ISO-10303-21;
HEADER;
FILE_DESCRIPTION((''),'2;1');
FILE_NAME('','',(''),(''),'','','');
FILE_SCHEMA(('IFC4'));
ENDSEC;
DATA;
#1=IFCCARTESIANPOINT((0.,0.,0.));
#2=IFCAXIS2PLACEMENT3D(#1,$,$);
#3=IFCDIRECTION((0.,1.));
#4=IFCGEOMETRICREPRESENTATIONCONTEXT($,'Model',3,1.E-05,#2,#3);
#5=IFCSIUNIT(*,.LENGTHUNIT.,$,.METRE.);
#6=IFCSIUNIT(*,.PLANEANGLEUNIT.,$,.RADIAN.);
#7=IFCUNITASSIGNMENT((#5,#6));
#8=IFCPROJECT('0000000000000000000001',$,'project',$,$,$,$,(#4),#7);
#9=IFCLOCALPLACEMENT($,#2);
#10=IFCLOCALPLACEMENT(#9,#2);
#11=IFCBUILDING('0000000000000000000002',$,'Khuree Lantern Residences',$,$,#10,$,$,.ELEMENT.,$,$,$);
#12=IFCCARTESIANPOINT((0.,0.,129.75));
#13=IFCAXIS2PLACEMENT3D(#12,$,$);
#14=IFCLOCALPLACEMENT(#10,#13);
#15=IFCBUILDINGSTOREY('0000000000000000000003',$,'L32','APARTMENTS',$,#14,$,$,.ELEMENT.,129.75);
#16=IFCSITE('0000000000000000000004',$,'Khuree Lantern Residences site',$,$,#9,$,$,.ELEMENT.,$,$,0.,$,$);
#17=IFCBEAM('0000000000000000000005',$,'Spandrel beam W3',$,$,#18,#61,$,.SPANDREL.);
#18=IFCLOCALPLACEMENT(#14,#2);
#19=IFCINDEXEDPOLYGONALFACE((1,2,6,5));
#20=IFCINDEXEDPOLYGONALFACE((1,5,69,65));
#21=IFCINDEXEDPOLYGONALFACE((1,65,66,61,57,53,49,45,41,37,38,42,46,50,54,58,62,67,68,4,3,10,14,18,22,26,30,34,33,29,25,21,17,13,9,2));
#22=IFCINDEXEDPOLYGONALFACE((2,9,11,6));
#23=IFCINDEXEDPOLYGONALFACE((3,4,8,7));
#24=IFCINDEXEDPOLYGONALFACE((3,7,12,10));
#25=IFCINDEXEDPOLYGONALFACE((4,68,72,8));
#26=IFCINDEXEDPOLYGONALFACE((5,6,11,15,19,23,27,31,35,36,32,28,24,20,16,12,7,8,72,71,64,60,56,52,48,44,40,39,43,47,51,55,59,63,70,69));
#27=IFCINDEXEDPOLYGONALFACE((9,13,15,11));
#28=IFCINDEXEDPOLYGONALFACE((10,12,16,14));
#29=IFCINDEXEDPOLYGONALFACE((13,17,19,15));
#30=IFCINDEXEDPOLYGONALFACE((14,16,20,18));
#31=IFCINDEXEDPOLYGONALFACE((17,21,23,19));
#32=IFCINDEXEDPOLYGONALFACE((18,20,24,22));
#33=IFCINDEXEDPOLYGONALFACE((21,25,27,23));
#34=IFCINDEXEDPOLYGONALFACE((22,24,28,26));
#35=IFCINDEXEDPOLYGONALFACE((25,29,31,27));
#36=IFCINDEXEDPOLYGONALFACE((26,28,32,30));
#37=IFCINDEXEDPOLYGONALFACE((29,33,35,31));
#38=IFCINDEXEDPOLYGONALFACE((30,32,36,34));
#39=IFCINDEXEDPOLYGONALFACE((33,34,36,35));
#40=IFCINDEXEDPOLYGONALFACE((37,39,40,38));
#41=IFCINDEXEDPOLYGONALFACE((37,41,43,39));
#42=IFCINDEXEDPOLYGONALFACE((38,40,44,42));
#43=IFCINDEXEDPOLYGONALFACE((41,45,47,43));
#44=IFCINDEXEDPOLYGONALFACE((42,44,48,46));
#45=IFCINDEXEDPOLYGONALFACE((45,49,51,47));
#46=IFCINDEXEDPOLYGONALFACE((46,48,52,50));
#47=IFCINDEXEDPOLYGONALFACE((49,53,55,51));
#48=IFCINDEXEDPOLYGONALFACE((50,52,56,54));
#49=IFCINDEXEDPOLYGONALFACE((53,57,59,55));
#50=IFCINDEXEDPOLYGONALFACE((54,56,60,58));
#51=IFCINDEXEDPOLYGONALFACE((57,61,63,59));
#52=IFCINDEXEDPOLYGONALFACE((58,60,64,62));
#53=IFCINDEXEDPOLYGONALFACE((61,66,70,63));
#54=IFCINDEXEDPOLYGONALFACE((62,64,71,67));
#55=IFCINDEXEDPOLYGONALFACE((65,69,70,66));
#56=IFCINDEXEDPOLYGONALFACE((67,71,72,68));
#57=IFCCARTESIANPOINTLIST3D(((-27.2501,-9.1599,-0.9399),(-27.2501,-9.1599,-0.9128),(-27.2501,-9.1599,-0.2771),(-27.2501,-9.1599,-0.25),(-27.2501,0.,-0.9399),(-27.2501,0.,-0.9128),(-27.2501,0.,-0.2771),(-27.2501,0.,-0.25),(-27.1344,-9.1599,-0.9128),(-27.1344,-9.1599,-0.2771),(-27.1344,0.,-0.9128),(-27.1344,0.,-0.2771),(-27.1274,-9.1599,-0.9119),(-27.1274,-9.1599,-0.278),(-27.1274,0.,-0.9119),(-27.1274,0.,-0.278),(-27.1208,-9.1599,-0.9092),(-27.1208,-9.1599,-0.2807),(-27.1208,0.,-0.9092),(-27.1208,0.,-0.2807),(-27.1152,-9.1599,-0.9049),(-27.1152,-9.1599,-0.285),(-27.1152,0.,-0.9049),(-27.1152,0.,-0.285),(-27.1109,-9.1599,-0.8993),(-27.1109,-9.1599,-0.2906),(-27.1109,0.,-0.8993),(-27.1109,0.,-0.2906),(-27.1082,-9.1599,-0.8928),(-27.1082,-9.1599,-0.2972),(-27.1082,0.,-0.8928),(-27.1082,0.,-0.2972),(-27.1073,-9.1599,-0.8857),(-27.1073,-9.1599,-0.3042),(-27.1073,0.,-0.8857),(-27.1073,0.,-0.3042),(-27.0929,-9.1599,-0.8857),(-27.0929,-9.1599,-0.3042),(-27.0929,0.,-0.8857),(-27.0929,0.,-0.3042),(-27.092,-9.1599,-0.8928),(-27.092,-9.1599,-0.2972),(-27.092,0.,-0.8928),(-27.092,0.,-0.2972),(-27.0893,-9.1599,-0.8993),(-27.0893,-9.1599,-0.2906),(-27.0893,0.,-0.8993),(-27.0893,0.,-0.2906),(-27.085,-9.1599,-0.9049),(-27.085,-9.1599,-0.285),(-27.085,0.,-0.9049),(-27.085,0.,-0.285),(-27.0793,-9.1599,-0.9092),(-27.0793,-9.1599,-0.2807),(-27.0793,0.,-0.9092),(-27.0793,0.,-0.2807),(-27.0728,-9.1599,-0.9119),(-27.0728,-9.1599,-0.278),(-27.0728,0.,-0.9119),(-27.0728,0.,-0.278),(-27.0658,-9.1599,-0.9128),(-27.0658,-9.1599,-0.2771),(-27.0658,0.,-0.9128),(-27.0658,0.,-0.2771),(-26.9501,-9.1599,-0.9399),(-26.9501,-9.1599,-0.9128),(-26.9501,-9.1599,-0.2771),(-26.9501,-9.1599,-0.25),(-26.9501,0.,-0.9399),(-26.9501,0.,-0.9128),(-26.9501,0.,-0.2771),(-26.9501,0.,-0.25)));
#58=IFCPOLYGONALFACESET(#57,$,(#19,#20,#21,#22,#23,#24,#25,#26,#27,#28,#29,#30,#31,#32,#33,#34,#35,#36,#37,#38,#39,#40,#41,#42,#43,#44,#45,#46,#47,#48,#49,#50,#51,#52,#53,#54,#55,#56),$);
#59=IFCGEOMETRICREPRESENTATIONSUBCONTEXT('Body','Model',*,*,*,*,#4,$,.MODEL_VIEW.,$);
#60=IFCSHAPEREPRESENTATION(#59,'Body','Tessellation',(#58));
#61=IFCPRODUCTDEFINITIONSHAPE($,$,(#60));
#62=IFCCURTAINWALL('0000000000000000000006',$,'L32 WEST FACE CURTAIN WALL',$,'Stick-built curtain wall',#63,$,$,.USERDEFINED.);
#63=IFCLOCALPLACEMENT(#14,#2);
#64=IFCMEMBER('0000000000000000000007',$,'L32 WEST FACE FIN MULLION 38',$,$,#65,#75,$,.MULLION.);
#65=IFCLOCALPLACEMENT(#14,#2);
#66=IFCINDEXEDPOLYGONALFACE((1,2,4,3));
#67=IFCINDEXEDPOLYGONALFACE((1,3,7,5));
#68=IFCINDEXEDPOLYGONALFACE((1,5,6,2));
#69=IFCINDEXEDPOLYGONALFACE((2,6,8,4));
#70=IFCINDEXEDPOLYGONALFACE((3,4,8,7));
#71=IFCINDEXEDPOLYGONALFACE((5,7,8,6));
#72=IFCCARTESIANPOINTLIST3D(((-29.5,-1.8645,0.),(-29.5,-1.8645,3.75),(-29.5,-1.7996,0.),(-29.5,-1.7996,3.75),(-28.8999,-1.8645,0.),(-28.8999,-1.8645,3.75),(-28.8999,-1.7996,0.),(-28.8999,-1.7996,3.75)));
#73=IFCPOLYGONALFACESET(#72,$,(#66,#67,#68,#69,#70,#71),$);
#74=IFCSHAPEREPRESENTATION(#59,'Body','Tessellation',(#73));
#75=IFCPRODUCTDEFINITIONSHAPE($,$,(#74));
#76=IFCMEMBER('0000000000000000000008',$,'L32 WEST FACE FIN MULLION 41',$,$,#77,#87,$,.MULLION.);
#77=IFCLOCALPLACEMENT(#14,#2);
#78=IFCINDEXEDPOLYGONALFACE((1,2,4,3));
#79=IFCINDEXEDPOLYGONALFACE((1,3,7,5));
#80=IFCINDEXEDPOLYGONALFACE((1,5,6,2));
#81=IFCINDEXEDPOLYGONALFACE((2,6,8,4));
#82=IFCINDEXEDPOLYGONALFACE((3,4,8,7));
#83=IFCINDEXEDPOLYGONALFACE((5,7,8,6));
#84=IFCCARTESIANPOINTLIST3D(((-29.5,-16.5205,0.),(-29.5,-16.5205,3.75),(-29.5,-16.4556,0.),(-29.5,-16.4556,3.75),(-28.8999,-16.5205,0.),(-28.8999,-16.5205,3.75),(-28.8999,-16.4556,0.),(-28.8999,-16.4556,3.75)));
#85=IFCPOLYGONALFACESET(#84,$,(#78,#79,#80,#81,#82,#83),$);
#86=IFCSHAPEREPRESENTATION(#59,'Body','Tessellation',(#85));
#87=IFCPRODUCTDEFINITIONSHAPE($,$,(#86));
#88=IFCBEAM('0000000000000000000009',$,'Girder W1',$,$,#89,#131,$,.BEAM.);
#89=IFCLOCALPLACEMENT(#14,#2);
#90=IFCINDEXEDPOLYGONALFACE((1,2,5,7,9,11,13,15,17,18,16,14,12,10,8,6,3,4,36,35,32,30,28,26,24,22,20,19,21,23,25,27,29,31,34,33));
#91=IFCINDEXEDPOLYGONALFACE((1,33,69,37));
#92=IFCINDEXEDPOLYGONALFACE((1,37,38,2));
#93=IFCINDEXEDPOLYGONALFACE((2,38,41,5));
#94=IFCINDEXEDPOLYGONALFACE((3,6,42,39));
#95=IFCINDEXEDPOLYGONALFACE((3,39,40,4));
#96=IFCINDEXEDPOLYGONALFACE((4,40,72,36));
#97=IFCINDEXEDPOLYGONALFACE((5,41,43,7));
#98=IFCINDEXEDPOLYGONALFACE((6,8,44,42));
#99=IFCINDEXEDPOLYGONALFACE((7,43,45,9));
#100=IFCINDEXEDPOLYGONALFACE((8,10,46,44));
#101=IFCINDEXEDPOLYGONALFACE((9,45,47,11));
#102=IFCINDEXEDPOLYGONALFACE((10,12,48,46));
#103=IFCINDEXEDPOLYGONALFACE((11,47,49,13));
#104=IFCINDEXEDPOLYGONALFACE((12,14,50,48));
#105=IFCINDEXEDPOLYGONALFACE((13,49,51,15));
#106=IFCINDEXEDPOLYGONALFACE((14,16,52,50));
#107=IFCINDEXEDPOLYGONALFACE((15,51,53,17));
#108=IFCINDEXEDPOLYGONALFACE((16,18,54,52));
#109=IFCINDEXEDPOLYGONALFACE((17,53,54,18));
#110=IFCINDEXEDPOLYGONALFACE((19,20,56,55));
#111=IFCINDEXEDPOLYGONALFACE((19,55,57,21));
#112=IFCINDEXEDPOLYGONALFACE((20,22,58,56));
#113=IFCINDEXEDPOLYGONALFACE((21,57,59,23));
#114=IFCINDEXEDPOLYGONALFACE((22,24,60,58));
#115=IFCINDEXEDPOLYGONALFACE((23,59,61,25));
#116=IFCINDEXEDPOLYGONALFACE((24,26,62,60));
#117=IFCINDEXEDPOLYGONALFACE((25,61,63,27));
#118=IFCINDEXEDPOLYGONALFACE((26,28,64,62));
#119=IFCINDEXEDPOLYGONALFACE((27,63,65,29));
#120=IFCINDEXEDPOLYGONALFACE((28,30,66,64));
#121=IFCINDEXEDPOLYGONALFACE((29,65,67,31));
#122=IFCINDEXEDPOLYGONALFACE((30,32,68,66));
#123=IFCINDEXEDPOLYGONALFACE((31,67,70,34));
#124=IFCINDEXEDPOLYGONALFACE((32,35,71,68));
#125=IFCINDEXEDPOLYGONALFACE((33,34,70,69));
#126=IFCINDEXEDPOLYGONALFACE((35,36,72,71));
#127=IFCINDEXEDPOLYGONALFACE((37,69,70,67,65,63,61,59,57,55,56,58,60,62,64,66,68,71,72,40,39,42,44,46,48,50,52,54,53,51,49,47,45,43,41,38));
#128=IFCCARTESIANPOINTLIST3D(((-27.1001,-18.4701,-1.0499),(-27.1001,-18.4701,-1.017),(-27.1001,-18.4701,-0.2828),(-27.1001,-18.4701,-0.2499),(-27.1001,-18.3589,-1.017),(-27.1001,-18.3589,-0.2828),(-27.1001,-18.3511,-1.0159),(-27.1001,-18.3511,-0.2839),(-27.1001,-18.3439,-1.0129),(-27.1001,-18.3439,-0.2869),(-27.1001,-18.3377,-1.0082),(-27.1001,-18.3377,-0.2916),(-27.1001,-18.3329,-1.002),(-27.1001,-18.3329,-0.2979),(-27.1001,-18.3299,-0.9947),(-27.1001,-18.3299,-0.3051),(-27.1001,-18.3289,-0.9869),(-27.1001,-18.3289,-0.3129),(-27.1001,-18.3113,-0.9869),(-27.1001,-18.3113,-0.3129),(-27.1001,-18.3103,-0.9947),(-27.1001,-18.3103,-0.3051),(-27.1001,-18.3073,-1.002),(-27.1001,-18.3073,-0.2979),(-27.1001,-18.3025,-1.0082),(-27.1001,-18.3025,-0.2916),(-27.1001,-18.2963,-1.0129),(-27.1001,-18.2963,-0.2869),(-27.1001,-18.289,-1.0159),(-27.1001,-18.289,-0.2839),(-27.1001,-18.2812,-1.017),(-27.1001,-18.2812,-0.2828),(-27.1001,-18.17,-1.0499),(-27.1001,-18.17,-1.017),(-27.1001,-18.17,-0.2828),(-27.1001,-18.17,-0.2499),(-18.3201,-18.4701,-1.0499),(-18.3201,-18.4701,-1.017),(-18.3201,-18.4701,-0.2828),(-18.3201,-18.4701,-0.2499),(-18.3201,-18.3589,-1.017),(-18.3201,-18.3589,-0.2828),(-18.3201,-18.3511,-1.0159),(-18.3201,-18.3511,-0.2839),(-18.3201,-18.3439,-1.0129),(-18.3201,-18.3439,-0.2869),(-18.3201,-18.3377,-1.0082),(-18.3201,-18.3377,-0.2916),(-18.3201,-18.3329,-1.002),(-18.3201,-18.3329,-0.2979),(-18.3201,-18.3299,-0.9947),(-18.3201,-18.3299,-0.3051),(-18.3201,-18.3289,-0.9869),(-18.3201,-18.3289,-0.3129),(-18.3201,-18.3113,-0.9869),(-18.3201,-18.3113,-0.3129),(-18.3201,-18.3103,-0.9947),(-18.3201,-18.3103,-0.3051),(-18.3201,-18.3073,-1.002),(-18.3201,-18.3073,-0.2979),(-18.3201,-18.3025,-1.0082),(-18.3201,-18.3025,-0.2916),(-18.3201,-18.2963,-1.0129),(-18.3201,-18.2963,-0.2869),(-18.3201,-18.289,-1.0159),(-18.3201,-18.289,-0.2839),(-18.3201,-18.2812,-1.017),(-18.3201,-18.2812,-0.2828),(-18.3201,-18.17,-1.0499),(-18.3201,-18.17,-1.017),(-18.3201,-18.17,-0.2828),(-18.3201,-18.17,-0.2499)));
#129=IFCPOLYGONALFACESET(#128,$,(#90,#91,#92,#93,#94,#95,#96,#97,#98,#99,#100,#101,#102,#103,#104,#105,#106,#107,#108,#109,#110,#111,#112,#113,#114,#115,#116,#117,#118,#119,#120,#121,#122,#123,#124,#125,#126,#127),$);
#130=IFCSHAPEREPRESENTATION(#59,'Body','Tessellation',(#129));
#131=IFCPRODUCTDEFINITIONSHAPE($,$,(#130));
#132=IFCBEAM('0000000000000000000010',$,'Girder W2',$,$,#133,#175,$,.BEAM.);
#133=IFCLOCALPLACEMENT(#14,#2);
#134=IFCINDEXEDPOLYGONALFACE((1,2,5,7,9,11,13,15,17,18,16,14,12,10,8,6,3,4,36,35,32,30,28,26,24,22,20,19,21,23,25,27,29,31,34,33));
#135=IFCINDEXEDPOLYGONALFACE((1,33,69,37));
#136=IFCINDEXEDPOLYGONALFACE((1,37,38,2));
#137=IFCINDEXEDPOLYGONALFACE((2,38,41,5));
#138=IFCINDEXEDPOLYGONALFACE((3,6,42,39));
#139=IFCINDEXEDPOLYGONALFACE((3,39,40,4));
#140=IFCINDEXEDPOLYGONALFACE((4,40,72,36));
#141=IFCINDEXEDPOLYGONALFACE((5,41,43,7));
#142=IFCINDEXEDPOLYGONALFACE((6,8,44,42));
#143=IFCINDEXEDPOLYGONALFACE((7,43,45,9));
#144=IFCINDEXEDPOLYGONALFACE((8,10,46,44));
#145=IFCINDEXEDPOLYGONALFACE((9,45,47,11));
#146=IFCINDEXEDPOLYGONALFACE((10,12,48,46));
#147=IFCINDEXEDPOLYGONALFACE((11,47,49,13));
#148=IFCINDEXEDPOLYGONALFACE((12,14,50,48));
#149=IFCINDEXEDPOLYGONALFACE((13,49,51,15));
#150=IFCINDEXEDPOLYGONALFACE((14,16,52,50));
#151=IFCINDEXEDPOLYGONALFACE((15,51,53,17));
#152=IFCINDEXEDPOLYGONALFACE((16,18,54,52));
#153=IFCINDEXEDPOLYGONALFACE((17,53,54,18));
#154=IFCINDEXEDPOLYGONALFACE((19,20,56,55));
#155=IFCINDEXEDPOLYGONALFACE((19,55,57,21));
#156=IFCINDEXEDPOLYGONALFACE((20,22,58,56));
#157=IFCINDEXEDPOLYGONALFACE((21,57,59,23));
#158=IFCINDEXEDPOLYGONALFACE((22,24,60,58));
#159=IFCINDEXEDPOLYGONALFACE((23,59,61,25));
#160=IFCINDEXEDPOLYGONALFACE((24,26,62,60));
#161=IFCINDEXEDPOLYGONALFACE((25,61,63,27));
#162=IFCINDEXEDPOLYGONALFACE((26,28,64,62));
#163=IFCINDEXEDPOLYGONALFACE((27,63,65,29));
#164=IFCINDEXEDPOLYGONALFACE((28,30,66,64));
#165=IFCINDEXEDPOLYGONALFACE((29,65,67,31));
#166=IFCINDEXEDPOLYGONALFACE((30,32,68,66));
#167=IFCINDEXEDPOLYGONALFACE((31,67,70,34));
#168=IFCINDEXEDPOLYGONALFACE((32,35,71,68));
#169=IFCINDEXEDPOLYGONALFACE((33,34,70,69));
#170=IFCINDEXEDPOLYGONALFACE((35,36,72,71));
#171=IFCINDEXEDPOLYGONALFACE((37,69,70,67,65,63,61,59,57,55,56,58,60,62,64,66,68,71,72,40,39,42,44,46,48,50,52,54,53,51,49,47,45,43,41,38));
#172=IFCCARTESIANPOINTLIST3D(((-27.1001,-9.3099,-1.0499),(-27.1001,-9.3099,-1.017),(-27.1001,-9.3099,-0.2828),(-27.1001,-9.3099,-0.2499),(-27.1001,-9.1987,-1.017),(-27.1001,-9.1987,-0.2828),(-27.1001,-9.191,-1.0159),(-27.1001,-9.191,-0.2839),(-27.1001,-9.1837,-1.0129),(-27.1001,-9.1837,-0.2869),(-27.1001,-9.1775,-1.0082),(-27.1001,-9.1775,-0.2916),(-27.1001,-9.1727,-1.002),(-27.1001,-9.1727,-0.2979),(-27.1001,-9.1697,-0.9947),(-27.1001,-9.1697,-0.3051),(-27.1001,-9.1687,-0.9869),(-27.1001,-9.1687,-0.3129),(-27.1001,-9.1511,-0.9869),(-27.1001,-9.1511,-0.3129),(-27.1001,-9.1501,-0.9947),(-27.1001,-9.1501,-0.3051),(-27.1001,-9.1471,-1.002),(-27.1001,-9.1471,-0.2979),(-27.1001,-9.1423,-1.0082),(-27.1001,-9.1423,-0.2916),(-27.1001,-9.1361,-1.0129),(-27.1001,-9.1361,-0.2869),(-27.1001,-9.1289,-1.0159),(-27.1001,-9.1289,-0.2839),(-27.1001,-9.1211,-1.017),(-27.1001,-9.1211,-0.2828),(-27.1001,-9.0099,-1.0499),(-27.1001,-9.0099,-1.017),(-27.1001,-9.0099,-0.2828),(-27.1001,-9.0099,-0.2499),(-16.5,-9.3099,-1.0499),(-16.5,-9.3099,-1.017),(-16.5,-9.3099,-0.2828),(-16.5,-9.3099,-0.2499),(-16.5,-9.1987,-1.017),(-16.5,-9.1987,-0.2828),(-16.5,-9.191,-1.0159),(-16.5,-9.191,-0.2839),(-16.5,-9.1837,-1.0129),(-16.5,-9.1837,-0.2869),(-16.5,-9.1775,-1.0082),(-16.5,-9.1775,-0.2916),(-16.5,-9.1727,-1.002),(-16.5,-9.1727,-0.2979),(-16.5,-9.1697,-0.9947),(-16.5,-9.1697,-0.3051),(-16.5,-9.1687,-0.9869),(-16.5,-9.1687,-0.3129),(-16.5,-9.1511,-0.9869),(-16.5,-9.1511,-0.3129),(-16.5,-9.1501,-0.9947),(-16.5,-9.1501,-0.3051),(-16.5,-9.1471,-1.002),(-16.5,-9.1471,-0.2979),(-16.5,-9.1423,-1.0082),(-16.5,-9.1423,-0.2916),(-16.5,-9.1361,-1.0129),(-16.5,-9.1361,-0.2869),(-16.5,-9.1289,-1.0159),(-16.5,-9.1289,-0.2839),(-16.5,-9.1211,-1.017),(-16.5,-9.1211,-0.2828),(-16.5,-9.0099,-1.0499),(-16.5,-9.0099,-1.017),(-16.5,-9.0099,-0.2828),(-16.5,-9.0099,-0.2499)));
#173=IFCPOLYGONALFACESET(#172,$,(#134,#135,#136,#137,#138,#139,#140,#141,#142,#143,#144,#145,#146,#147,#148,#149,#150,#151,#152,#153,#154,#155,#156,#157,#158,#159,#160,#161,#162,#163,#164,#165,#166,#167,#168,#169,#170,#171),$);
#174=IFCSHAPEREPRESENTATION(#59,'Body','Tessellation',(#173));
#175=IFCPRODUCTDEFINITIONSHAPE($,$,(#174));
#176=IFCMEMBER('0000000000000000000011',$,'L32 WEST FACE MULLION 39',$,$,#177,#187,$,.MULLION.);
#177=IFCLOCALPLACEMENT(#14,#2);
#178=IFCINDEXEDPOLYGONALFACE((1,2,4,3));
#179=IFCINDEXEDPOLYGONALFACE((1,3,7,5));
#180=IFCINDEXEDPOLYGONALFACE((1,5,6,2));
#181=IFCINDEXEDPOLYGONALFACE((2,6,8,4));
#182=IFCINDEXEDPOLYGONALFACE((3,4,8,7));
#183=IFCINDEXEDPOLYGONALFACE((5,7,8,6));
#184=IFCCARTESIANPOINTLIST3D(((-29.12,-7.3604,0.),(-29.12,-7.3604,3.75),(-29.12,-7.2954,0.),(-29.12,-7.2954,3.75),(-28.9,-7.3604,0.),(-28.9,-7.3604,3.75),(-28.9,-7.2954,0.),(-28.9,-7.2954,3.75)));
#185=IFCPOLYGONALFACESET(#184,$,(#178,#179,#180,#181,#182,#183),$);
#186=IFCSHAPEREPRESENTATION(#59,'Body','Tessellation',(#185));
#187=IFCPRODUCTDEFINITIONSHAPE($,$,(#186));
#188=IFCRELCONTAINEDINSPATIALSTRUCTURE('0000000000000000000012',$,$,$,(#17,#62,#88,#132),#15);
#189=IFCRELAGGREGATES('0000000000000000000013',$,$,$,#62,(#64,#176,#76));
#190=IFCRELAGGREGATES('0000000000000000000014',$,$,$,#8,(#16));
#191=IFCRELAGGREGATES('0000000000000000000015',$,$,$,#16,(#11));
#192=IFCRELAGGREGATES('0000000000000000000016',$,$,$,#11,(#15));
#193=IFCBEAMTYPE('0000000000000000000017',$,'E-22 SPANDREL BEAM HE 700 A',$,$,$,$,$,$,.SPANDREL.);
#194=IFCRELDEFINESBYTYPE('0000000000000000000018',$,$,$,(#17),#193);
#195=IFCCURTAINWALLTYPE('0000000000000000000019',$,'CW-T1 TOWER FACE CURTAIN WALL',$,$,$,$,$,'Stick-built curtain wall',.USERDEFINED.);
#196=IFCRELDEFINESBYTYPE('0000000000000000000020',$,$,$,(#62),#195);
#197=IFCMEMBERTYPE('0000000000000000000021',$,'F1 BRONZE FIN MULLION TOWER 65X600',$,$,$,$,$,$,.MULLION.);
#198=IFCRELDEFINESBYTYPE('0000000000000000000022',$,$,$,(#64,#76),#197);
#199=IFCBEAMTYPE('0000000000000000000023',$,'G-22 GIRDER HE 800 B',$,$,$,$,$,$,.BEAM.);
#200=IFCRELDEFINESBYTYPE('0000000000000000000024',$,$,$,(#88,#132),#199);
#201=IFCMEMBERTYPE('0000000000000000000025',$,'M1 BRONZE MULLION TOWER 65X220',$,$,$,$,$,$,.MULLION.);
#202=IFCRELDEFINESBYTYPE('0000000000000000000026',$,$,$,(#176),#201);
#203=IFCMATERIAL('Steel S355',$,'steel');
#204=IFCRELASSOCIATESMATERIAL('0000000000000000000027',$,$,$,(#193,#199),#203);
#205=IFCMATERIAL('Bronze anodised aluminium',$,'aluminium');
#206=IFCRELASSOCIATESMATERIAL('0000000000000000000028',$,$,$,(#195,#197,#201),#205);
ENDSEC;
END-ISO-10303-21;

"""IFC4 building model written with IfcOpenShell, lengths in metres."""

from ifc_helpers import new_model, si_unit, direction, frame, origin, origin_2d, place, context, subcontext, project, spatial, rectangle, i_section, extrude, material, material_profile, profile_set, type_object, element, aggregate, save


model = new_model("IFC4")

# Units and contexts
model_context = context("Model", 3, precision=1e-05, world=origin(), true_north=direction((0.0, 1.0)))
body_context = subcontext(model_context, "Body", "Model", "MODEL_VIEW")
ifc_project = project(units=[si_unit("LENGTHUNIT", "METRE"), si_unit("PLANEANGLEUNIT", "RADIAN")], contexts=[model_context])

# Site, building, storey
site_placement = place(None, origin())
site = spatial("IfcSite", under=ifc_project, at=site_placement, Name="Khuree Lantern Residences site", CompositionType="ELEMENT", RefElevation=0.0)
building_placement = place(site_placement, origin())
building = spatial("IfcBuilding", under=site, at=building_placement, Name="Khuree Lantern Residences", CompositionType="ELEMENT")
storey_placement = place(building_placement, frame((0.0, 0.0, 129.75)))
storey = spatial("IfcBuildingStorey", under=building, at=storey_placement, Name="L32", Description="APARTMENTS", CompositionType="ELEMENT", Elevation=129.75)

# Beam
ifc_material_1 = material(Name="Steel S355", Category="steel")
ifc_material_profile_1 = material_profile(ifc_material_1, i_section(OverallWidth=0.3, OverallDepth=0.6899, WebThickness=0.0144, FlangeThickness=0.0271, FilletRadius=0.0271, at=origin_2d()), Name="HE 700 A")
ifc_profile_set_1 = profile_set([ifc_material_profile_1], Name="Steel S355")
beam_type_1 = type_object("IfcBeamType", Name="E-22 SPANDREL BEAM HE 700 A", PredefinedType="SPANDREL", material=ifc_profile_set_1)
beam_1_placement = place(storey_placement, frame((-27.1001, -9.1599, -0.595), z_axis=(0.0, 1.0, 0.0), x_axis=(-1.0, 0.0, 0.0)))
element("IfcBeam", 1, at=beam_1_placement, inside=storey, type_object=beam_type_1, Name="Spandrel beam W3", PredefinedType="SPANDREL", context=body_context, shape_type="SweptSolid", body=[
    extrude(i_section(OverallWidth=0.3, OverallDepth=0.6899, WebThickness=0.0144, FlangeThickness=0.0271, FilletRadius=0.0271, at=origin_2d()), origin(), (0.0, 0.0, 1.0), 9.1599),
])

# Curtain wall, members
ifc_material_2 = material(Name="Bronze anodised aluminium", Category="aluminium")
curtain_wall_type = type_object("IfcCurtainWallType", Name="CW-T1 TOWER FACE CURTAIN WALL", ElementType="Stick-built curtain wall", PredefinedType="USERDEFINED", material=ifc_material_2)
curtain_wall_placement = place(storey_placement, origin())
curtain_wall = element("IfcCurtainWall", 2, at=curtain_wall_placement, inside=storey, type_object=curtain_wall_type, Name="L32 WEST FACE CURTAIN WALL", ObjectType="Stick-built curtain wall", PredefinedType="USERDEFINED")
ifc_material_profile_2 = material_profile(ifc_material_2, rectangle(XDim=0.0649, YDim=0.6001, at=origin_2d()), Name="F1 65X600")
ifc_profile_set_2 = profile_set([ifc_material_profile_2], Name="Bronze anodised aluminium")
member_type_1 = type_object("IfcMemberType", Name="F1 BRONZE FIN MULLION TOWER 65X600", PredefinedType="MULLION", material=ifc_profile_set_2)
member_1_placement = place(storey_placement, frame((-29.2, -1.832, 0.0), z_axis=(0.0, 0.0, 1.0), x_axis=(0.0, -1.0, 0.0)))
member_1 = element("IfcMember", 3, at=member_1_placement, type_object=member_type_1, Name="L32 WEST FACE FIN MULLION 38", PredefinedType="MULLION", context=body_context, shape_type="SweptSolid", body=[
    extrude(rectangle(XDim=0.0649, YDim=0.6001, at=origin_2d()), origin(), (0.0, 0.0, 1.0), 3.75),
])
member_2_placement = place(storey_placement, frame((-29.2, -16.488, 0.0), z_axis=(0.0, 0.0, 1.0), x_axis=(0.0, -1.0, 0.0)))
member_2 = element("IfcMember", 4, at=member_2_placement, type_object=member_type_1, Name="L32 WEST FACE FIN MULLION 41", PredefinedType="MULLION", context=body_context, shape_type="SweptSolid", body=[
    extrude(rectangle(XDim=0.0649, YDim=0.6001, at=origin_2d()), origin(), (0.0, 0.0, 1.0), 3.75),
])

# Beams
ifc_material_profile_3 = material_profile(ifc_material_1, i_section(OverallWidth=0.3, OverallDepth=0.8, WebThickness=0.0176, FlangeThickness=0.033, FilletRadius=0.03, at=origin_2d()), Name="HE 800 B")
ifc_profile_set_3 = profile_set([ifc_material_profile_3], Name="Steel S355")
beam_type_2 = type_object("IfcBeamType", Name="G-22 GIRDER HE 800 B", PredefinedType="BEAM", material=ifc_profile_set_3)
beam_2_placement = place(storey_placement, frame((-27.1001, -18.3201, -0.6499), z_axis=(1.0, 0.0, 0.0), x_axis=(0.0, 1.0, 0.0)))
element("IfcBeam", 5, at=beam_2_placement, inside=storey, type_object=beam_type_2, Name="Girder W1", PredefinedType="BEAM", context=body_context, shape_type="SweptSolid", body=[
    extrude(i_section(OverallWidth=0.3, OverallDepth=0.8, WebThickness=0.0176, FlangeThickness=0.033, FilletRadius=0.03, at=origin_2d()), origin(), (0.0, 0.0, 1.0), 8.78),
])
beam_3_placement = place(storey_placement, frame((-27.1001, -9.1599, -0.6499), z_axis=(1.0, 0.0, 0.0), x_axis=(0.0, 1.0, 0.0)))
element("IfcBeam", 6, at=beam_3_placement, inside=storey, type_object=beam_type_2, Name="Girder W2", PredefinedType="BEAM", context=body_context, shape_type="SweptSolid", body=[
    extrude(i_section(OverallWidth=0.3, OverallDepth=0.8, WebThickness=0.0176, FlangeThickness=0.033, FilletRadius=0.03, at=origin_2d()), origin(), (0.0, 0.0, 1.0), 10.6001),
])

# Member
ifc_material_profile_4 = material_profile(ifc_material_2, rectangle(XDim=0.0649, YDim=0.22, at=origin_2d()), Name="M1 65X220")
ifc_profile_set_4 = profile_set([ifc_material_profile_4], Name="Bronze anodised aluminium")
member_type_2 = type_object("IfcMemberType", Name="M1 BRONZE MULLION TOWER 65X220", PredefinedType="MULLION", material=ifc_profile_set_4)
member_3_placement = place(storey_placement, frame((-29.01, -7.3279, 0.0), z_axis=(0.0, 0.0, 1.0), x_axis=(0.0, -1.0, 0.0)))
member_3 = element("IfcMember", 7, at=member_3_placement, type_object=member_type_2, Name="L32 WEST FACE MULLION 39", PredefinedType="MULLION", context=body_context, shape_type="SweptSolid", body=[
    extrude(rectangle(XDim=0.0649, YDim=0.22, at=origin_2d()), origin(), (0.0, 0.0, 1.0), 3.75),
])

aggregate(curtain_wall, [member_1, member_3, member_2])

save(model, "model.ifc")
